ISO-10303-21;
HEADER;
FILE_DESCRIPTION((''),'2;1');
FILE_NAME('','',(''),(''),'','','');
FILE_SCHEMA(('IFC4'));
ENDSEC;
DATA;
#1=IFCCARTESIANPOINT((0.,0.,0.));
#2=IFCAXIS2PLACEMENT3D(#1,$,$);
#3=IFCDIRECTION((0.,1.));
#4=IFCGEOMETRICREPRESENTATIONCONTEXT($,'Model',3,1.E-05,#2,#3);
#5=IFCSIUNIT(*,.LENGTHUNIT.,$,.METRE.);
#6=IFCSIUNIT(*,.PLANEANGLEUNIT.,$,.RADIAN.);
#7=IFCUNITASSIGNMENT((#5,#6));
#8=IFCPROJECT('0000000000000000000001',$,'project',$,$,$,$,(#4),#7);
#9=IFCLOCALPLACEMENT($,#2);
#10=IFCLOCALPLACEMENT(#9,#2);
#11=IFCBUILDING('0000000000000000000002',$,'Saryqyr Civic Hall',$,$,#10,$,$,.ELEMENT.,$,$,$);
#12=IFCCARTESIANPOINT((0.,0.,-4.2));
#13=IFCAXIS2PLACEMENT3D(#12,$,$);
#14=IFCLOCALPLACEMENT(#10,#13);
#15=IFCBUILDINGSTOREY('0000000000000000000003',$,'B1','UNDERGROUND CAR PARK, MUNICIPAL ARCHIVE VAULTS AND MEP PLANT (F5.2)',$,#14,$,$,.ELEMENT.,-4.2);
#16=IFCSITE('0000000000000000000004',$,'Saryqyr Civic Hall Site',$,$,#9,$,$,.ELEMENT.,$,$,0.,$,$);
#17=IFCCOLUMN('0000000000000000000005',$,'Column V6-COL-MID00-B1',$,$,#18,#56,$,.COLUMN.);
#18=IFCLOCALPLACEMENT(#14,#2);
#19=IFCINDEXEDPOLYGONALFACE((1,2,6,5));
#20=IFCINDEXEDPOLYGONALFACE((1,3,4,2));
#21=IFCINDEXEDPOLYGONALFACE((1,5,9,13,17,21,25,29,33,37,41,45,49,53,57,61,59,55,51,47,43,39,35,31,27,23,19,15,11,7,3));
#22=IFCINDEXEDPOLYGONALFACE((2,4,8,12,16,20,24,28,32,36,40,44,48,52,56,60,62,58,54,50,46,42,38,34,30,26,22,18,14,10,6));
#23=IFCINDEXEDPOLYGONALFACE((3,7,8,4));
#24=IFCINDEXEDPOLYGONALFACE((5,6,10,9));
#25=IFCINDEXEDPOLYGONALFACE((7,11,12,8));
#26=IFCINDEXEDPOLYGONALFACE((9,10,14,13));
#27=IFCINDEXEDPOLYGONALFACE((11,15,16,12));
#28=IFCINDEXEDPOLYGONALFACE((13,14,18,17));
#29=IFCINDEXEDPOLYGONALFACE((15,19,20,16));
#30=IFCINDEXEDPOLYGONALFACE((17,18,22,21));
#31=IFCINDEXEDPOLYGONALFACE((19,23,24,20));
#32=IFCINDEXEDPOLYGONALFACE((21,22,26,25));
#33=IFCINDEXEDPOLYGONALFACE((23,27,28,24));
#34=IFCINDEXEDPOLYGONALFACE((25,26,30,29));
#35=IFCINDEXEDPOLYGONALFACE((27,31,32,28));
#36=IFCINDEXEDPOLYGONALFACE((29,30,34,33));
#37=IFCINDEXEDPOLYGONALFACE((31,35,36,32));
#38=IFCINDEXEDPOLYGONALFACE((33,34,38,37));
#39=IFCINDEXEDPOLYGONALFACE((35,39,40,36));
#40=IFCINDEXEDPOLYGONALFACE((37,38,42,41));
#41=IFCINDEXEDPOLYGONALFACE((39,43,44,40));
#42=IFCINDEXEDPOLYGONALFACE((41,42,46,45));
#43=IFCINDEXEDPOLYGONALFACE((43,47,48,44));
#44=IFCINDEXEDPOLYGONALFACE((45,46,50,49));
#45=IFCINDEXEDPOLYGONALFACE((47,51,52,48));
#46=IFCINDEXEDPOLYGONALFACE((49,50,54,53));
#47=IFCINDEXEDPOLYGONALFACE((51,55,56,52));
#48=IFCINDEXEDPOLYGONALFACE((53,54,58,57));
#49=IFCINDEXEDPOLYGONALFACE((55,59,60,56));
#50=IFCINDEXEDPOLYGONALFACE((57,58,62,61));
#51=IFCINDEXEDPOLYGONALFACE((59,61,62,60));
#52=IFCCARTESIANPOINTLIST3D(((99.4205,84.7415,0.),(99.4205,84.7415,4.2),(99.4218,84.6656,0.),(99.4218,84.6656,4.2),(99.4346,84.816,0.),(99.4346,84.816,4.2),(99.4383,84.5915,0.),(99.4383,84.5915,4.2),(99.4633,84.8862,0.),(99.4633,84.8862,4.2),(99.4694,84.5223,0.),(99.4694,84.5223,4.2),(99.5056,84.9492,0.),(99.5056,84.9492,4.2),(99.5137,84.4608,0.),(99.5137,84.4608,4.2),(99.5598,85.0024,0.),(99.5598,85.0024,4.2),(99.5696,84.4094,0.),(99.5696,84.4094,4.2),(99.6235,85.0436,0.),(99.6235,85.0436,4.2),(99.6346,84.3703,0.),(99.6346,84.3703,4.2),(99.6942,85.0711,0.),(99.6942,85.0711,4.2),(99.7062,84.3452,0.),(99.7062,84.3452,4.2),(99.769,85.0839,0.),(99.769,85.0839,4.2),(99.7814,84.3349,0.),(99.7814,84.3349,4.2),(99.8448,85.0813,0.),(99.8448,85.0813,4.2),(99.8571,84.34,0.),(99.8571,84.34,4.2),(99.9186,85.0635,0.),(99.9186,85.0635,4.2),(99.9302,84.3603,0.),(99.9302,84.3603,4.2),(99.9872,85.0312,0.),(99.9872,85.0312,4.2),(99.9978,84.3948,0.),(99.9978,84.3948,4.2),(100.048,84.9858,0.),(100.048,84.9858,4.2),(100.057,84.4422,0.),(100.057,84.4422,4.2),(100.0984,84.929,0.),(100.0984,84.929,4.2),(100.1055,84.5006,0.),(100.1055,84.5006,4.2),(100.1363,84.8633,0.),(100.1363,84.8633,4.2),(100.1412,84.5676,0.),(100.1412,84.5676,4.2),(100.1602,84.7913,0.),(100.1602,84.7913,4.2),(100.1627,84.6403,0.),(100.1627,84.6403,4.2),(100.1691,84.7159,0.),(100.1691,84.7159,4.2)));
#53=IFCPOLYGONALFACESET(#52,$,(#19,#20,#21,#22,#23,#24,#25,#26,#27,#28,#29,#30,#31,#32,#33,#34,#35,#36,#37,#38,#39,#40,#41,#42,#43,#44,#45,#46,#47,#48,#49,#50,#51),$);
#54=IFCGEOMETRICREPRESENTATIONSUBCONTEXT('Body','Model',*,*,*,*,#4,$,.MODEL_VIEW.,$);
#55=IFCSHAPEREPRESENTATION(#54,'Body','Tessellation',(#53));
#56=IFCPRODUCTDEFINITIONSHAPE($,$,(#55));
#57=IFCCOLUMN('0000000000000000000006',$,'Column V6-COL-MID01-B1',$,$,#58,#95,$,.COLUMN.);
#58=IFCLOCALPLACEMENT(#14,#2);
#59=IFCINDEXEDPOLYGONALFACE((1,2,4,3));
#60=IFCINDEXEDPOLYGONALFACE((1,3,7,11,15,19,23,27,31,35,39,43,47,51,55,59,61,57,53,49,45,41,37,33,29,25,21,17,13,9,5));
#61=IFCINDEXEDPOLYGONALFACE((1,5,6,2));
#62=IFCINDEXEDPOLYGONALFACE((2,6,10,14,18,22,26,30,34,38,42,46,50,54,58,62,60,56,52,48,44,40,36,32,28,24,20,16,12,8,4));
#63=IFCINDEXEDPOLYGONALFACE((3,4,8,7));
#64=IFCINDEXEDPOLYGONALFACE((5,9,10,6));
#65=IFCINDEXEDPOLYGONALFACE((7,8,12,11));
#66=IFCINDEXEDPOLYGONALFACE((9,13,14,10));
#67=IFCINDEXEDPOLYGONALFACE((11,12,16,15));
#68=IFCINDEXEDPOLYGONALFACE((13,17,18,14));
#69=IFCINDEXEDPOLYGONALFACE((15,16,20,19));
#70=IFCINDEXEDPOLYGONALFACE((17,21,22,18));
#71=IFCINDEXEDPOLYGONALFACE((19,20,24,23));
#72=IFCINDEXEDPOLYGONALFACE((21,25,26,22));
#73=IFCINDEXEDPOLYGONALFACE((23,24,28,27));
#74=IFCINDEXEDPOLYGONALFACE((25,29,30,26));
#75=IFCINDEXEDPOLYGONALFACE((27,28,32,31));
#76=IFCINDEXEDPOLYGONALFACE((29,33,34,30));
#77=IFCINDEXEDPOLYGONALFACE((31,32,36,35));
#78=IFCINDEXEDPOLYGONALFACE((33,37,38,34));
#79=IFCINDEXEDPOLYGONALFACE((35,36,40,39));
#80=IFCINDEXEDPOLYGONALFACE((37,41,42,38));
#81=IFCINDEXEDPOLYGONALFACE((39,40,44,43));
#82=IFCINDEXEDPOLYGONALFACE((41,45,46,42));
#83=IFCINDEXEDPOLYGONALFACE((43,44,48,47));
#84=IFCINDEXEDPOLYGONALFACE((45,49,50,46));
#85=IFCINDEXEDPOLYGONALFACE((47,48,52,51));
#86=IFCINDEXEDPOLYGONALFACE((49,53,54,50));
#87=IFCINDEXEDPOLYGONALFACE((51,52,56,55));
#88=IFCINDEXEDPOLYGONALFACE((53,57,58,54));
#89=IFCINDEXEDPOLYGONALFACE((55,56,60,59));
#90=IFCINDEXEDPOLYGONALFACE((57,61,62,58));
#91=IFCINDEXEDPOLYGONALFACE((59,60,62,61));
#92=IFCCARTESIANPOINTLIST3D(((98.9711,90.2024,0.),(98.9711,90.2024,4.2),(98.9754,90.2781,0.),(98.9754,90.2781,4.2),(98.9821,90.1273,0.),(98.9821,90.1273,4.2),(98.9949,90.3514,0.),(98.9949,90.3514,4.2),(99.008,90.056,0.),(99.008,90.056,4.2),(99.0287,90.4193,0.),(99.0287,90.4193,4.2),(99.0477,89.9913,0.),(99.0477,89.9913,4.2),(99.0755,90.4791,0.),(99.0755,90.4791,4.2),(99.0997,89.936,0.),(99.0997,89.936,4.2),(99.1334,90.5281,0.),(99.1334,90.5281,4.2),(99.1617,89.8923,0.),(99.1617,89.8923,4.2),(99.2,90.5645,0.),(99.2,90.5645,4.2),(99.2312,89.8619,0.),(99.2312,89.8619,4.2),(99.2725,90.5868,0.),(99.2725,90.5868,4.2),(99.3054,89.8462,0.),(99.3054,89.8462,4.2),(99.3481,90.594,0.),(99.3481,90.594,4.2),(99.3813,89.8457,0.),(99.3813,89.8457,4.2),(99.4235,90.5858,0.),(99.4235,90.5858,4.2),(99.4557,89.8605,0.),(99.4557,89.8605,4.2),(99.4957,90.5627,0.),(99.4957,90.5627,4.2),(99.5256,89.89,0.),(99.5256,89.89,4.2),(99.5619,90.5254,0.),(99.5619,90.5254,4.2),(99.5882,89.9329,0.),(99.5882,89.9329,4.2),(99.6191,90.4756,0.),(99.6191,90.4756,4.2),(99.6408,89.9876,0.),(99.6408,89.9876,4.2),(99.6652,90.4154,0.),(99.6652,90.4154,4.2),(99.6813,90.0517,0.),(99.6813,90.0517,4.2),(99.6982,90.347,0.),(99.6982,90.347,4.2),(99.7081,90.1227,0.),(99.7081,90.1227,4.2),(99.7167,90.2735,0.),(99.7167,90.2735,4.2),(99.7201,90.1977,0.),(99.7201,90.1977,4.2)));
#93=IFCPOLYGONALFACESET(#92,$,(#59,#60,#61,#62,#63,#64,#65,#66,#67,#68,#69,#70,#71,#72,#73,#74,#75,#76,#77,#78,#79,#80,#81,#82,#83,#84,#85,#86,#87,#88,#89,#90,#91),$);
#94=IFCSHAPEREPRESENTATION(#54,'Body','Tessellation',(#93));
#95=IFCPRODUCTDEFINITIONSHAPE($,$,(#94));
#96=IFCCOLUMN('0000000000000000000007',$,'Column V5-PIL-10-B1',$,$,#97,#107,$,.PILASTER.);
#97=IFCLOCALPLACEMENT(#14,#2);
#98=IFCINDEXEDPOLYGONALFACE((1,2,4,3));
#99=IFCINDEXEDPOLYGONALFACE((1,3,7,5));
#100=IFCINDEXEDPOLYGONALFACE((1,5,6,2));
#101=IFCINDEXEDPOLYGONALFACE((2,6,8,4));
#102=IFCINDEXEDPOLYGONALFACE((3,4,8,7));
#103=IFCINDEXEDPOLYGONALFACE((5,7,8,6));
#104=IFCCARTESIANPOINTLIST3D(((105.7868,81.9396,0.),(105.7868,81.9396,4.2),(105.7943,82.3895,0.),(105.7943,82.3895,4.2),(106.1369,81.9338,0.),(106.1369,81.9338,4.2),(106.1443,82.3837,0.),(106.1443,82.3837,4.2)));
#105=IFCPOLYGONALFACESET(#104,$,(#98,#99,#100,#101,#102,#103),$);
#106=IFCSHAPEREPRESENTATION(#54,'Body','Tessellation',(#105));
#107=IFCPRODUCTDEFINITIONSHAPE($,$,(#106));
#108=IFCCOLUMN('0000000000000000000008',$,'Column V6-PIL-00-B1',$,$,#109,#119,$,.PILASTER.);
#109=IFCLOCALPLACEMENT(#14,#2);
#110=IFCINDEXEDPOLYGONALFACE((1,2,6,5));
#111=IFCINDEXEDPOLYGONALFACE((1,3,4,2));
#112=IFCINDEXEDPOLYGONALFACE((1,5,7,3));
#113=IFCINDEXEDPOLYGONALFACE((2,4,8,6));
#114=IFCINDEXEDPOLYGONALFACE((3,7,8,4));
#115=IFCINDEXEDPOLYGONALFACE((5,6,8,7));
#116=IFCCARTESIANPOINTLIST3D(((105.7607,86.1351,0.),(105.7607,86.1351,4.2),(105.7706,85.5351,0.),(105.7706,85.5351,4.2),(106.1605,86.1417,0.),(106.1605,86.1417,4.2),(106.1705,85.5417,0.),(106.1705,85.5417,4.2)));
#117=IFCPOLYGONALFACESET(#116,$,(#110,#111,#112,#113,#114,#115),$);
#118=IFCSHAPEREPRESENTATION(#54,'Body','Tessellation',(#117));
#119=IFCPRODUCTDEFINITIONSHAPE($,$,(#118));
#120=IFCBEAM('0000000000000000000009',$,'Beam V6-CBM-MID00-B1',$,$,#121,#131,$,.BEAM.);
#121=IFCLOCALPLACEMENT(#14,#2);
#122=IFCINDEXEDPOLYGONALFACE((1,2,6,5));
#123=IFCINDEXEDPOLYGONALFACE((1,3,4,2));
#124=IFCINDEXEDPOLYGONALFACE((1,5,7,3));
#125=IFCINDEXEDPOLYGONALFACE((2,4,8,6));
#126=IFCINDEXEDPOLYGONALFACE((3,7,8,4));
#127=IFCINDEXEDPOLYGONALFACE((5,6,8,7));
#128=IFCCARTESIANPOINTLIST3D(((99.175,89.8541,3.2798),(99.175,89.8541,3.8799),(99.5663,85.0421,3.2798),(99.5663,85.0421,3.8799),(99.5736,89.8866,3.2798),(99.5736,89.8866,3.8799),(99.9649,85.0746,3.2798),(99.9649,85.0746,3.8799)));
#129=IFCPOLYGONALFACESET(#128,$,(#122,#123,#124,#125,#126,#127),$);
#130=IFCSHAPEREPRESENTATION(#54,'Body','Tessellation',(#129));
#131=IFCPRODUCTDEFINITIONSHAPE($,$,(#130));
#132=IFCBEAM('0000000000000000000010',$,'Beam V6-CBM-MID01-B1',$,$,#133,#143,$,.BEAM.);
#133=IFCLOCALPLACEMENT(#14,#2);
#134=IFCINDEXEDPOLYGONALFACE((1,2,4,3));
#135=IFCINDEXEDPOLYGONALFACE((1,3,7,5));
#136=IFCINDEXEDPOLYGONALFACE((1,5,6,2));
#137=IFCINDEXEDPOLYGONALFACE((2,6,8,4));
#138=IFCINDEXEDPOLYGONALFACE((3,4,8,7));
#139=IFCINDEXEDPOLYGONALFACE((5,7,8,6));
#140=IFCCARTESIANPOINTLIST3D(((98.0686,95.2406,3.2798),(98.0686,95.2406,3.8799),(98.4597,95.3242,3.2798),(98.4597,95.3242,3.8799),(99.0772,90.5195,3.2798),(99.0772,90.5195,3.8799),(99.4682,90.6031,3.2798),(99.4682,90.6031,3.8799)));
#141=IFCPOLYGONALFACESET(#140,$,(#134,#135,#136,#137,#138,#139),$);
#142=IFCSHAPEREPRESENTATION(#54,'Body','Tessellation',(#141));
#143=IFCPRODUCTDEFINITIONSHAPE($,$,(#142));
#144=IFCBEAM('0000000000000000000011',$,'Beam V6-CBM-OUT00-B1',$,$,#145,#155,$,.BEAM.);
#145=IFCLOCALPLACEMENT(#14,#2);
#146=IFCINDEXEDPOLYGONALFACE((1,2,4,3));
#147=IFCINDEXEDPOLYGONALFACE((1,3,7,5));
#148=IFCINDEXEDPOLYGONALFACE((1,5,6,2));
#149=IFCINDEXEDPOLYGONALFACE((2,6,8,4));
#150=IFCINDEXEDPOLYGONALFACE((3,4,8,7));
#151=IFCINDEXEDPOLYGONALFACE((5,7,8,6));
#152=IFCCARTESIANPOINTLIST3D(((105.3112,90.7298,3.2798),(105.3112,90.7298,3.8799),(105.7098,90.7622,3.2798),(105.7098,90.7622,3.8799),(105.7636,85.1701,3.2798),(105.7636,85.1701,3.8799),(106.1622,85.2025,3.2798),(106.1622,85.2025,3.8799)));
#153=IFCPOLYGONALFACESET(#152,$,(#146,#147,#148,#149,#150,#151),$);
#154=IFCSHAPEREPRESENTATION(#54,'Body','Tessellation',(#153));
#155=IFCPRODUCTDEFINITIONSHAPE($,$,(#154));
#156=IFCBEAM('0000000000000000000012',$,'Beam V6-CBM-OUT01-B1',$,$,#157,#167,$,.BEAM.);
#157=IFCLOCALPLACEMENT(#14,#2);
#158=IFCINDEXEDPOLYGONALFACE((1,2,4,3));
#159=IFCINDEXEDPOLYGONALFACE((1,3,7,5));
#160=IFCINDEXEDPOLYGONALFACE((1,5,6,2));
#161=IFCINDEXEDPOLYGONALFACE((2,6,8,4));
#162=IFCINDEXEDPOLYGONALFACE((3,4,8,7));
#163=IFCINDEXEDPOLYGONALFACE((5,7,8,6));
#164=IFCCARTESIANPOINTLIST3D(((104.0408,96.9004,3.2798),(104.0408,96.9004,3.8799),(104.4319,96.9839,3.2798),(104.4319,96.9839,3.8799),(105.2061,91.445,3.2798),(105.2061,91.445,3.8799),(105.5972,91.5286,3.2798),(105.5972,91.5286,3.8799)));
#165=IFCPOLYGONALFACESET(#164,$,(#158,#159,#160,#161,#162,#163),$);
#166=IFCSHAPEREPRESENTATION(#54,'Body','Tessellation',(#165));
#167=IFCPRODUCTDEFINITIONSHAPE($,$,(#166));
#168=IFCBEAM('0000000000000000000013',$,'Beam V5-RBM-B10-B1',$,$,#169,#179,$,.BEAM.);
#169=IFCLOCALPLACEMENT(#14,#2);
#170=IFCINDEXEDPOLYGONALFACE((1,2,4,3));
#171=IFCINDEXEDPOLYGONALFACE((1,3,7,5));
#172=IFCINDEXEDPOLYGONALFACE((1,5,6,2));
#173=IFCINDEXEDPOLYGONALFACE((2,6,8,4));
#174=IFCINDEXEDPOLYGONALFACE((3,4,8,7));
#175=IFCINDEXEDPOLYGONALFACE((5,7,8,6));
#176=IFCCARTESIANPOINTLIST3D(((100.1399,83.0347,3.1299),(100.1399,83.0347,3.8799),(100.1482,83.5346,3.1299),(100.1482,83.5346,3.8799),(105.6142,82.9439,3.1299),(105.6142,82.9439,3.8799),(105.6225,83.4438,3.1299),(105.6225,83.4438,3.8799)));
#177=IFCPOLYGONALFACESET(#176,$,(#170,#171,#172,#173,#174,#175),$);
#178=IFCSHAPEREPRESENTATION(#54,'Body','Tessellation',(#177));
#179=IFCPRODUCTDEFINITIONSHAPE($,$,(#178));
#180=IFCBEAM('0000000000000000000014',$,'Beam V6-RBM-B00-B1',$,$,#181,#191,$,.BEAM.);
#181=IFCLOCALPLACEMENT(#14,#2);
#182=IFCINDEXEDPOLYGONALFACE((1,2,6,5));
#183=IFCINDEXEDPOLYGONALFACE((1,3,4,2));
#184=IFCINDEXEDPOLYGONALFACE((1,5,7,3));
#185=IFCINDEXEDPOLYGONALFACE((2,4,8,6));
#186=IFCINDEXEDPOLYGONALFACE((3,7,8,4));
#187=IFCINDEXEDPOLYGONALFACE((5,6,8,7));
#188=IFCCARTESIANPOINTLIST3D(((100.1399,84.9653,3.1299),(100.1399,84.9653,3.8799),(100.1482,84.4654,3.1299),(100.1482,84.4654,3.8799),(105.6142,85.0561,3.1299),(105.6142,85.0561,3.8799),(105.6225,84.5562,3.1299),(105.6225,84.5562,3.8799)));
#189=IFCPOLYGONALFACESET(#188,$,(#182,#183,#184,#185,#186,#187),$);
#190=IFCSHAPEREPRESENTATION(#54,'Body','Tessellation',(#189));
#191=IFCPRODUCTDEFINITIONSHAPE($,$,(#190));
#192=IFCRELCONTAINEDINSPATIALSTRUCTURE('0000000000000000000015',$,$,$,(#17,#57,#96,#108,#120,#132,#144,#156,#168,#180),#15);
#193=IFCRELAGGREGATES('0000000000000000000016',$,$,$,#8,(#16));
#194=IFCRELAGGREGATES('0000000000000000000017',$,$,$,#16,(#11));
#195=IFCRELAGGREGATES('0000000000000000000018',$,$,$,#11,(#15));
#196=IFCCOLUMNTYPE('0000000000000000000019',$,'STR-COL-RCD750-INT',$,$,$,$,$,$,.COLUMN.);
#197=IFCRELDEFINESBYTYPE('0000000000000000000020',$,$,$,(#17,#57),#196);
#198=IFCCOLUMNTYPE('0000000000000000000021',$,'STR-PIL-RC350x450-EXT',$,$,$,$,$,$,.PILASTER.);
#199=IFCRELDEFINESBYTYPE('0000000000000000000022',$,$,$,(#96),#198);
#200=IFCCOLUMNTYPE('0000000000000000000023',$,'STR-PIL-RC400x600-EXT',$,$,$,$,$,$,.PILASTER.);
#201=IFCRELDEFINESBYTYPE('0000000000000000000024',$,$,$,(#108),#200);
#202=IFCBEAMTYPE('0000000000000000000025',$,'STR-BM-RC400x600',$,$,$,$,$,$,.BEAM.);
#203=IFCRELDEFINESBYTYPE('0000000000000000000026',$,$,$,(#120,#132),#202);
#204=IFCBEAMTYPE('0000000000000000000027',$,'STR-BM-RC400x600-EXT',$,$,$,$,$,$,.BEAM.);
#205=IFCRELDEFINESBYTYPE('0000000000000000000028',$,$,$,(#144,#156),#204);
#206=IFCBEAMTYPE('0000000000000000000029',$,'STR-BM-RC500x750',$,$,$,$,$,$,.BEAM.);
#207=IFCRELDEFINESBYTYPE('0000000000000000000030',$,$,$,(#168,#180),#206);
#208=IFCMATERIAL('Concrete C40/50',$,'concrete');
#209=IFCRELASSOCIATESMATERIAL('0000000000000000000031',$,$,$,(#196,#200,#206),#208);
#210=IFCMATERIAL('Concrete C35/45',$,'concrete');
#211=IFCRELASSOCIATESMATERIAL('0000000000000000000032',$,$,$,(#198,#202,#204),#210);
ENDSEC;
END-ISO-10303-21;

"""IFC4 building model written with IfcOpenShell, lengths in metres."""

from ifc_helpers import new_model, si_unit, direction, frame, origin, origin_2d, place, context, subcontext, project, spatial, rectangle, circle, extrude, material, material_profile, profile_set, type_object, element, save


model = new_model("IFC4")

# Units and contexts
model_context = context("Model", 3, precision=1e-05, world=origin(), true_north=direction((0.0, 1.0)))
body_context = subcontext(model_context, "Body", "Model", "MODEL_VIEW")
ifc_project = project(units=[si_unit("LENGTHUNIT", "METRE"), si_unit("PLANEANGLEUNIT", "RADIAN")], contexts=[model_context])

# Site, building, storey
site_placement = place(None, origin())
site = spatial("IfcSite", under=ifc_project, at=site_placement, Name="Saryqyr Civic Hall Site", CompositionType="ELEMENT", RefElevation=0.0)
building_placement = place(site_placement, origin())
building = spatial("IfcBuilding", under=site, at=building_placement, Name="Saryqyr Civic Hall", CompositionType="ELEMENT")
storey_placement = place(building_placement, frame((0.0, 0.0, -4.2)))
storey = spatial("IfcBuildingStorey", under=building, at=storey_placement, Name="B1", Description="UNDERGROUND CAR PARK, MUNICIPAL ARCHIVE VAULTS AND MEP PLANT (F5.2)", CompositionType="ELEMENT", Elevation=-4.2)

# Shared definitions
ifc_material_1 = material(Name="Concrete C35/45", Category="concrete")

# Columns
ifc_material_2 = material(Name="Concrete C40/50", Category="concrete")
ifc_material_profile_1 = material_profile(ifc_material_2, circle(Radius=0.375, at=origin_2d()), Name="RC D750")
ifc_profile_set_1 = profile_set([ifc_material_profile_1], Name="Concrete C40/50")
column_type_1 = type_object("IfcColumnType", Name="STR-COL-RCD750-INT", PredefinedType="COLUMN", material=ifc_profile_set_1)
for number, where, z_axis, x_axis, name in (
    (1, (99.7942, 84.7097, 0.0), (0.0, 0.0, 1.0), (0.999863, 0.01658, 0.0), "Column V6-COL-MID00-B1"),
    (2, (99.3457, 90.219, 0.0), (0.0, 0.0, 1.0), (0.989399, 0.14522, 0.0), "Column V6-COL-MID01-B1"),
):
    element("IfcColumn", number, at=place(storey_placement, frame(where, z_axis=z_axis, x_axis=x_axis)), inside=storey, type_object=column_type_1, Name=name, PredefinedType="COLUMN", context=body_context, shape_type="SweptSolid", body=[
        extrude(circle(Radius=0.375, at=origin_2d()), origin(), (0.0, 0.0, 1.0), 4.2),
    ])
ifc_material_profile_2 = material_profile(ifc_material_1, rectangle(XDim=0.3501, YDim=0.45, at=origin_2d()), Name="RC 350x450")
ifc_profile_set_2 = profile_set([ifc_material_profile_2], Name="Concrete C35/45")
column_type_2 = type_object("IfcColumnType", Name="STR-PIL-RC350x450-EXT", PredefinedType="PILASTER", material=ifc_profile_set_2)
column_1_placement = place(storey_placement, frame((105.9656, 82.1616, 0.0), z_axis=(0.0, 0.0, 1.0), x_axis=(0.999863, -0.01658, 0.0)))
element("IfcColumn", 3, at=column_1_placement, inside=storey, type_object=column_type_2, Name="Column V5-PIL-10-B1", PredefinedType="PILASTER", context=body_context, shape_type="SweptSolid", body=[
    extrude(rectangle(XDim=0.3501, YDim=0.45, at=origin_2d()), origin(), (0.0, 0.0, 1.0), 4.2),
])
ifc_material_profile_3 = material_profile(ifc_material_2, rectangle(XDim=0.3999, YDim=0.6001, at=origin_2d()), Name="RC 400x600")
ifc_profile_set_3 = profile_set([ifc_material_profile_3], Name="Concrete C40/50")
column_type_3 = type_object("IfcColumnType", Name="STR-PIL-RC400x600-EXT", PredefinedType="PILASTER", material=ifc_profile_set_3)
column_2_placement = place(storey_placement, frame((105.9656, 85.8384, 0.0), z_axis=(0.0, 0.0, 1.0), x_axis=(0.999863, 0.01658, 0.0)))
element("IfcColumn", 4, at=column_2_placement, inside=storey, type_object=column_type_3, Name="Column V6-PIL-00-B1", PredefinedType="PILASTER", context=body_context, shape_type="SweptSolid", body=[
    extrude(rectangle(XDim=0.3999, YDim=0.6001, at=origin_2d()), origin(), (0.0, 0.0, 1.0), 4.2),
])

# Beams
ifc_material_profile_4 = material_profile(ifc_material_1, rectangle(XDim=0.3999, YDim=0.6001, at=origin_2d()), Name="RC 400x600")
ifc_profile_set_4 = profile_set([ifc_material_profile_4], Name="Concrete C35/45")
beam_type_1 = type_object("IfcBeamType", Name="STR-BM-RC400x600", PredefinedType="BEAM", material=ifc_profile_set_4)
beam_1_placement = place(storey_placement, frame((99.7656, 85.0583, 3.5798), z_axis=(-0.081062, 0.996709, 0.0), x_axis=(-0.996709, -0.081062, 0.0)))
element("IfcBeam", 5, at=beam_1_placement, inside=storey, type_object=beam_type_1, Name="Beam V6-CBM-MID00-B1", PredefinedType="BEAM", context=body_context, shape_type="SweptSolid", body=[
    extrude(rectangle(XDim=0.3999, YDim=0.6001, at=origin_2d()), origin(), (0.0, 0.0, 1.0), 4.8279),
])
beam_2_placement = place(storey_placement, frame((99.2727, 90.5613, 3.5798), z_axis=(-0.208907, 0.977935, 0.0), x_axis=(-0.977935, -0.208907, 0.0)))
element("IfcBeam", 6, at=beam_2_placement, inside=storey, type_object=beam_type_1, Name="Beam V6-CBM-MID01-B1", PredefinedType="BEAM", context=body_context, shape_type="SweptSolid", body=[
    extrude(rectangle(XDim=0.3999, YDim=0.6001, at=origin_2d()), origin(), (0.0, 0.0, 1.0), 4.8276),
])
ifc_material_profile_5 = material_profile(ifc_material_1, rectangle(XDim=0.3999, YDim=0.6001, at=origin_2d()), Name="RC 400x600")
ifc_profile_set_5 = profile_set([ifc_material_profile_5], Name="Concrete C35/45")
beam_type_2 = type_object("IfcBeamType", Name="STR-BM-RC400x600-EXT", PredefinedType="BEAM", material=ifc_profile_set_5)
beam_3_placement = place(storey_placement, frame((105.9629, 85.1863, 3.5798), z_axis=(-0.0811, 0.996706, 0.0), x_axis=(-0.996706, -0.0811, 0.0)))
element("IfcBeam", 7, at=beam_3_placement, inside=storey, type_object=beam_type_2, Name="Beam V6-CBM-OUT00-B1", PredefinedType="BEAM", context=body_context, shape_type="SweptSolid", body=[
    extrude(rectangle(XDim=0.3999, YDim=0.6001, at=origin_2d()), origin(), (0.0, 0.0, 1.0), 5.5781),
])
beam_4_placement = place(storey_placement, frame((105.4016, 91.4868, 3.5798), z_axis=(-0.208892, 0.977939, 0.0), x_axis=(-0.977939, -0.208892, 0.0)))
element("IfcBeam", 8, at=beam_4_placement, inside=storey, type_object=beam_type_2, Name="Beam V6-CBM-OUT01-B1", PredefinedType="BEAM", context=body_context, shape_type="SweptSolid", body=[
    extrude(rectangle(XDim=0.3999, YDim=0.6001, at=origin_2d()), origin(), (0.0, 0.0, 1.0), 5.5784),
])
ifc_material_profile_6 = material_profile(ifc_material_2, rectangle(XDim=0.5, YDim=0.75, at=origin_2d()), Name="RC 500x750")
ifc_profile_set_6 = profile_set([ifc_material_profile_6], Name="Concrete C40/50")
beam_type_3 = type_object("IfcBeamType", Name="STR-BM-RC500x750", PredefinedType="BEAM", material=ifc_profile_set_6)
for number, where, z_axis, x_axis, name in (
    (9, (100.144, 83.2847, 3.5049), (0.999862, -0.016588, 0.0), (0.016588, 0.999862, 0.0), "Beam V5-RBM-B10-B1"),
    (10, (100.144, 84.7153, 3.5049), (0.999862, 0.016588, 0.0), (-0.016588, 0.999862, 0.0), "Beam V6-RBM-B00-B1"),
):
    element("IfcBeam", number, at=place(storey_placement, frame(where, z_axis=z_axis, x_axis=x_axis)), inside=storey, type_object=beam_type_3, Name=name, PredefinedType="BEAM", context=body_context, shape_type="SweptSolid", body=[
        extrude(rectangle(XDim=0.5, YDim=0.75, at=origin_2d()), origin(), (0.0, 0.0, 1.0), 5.4751),
    ])

save(model, "model.ifc")
